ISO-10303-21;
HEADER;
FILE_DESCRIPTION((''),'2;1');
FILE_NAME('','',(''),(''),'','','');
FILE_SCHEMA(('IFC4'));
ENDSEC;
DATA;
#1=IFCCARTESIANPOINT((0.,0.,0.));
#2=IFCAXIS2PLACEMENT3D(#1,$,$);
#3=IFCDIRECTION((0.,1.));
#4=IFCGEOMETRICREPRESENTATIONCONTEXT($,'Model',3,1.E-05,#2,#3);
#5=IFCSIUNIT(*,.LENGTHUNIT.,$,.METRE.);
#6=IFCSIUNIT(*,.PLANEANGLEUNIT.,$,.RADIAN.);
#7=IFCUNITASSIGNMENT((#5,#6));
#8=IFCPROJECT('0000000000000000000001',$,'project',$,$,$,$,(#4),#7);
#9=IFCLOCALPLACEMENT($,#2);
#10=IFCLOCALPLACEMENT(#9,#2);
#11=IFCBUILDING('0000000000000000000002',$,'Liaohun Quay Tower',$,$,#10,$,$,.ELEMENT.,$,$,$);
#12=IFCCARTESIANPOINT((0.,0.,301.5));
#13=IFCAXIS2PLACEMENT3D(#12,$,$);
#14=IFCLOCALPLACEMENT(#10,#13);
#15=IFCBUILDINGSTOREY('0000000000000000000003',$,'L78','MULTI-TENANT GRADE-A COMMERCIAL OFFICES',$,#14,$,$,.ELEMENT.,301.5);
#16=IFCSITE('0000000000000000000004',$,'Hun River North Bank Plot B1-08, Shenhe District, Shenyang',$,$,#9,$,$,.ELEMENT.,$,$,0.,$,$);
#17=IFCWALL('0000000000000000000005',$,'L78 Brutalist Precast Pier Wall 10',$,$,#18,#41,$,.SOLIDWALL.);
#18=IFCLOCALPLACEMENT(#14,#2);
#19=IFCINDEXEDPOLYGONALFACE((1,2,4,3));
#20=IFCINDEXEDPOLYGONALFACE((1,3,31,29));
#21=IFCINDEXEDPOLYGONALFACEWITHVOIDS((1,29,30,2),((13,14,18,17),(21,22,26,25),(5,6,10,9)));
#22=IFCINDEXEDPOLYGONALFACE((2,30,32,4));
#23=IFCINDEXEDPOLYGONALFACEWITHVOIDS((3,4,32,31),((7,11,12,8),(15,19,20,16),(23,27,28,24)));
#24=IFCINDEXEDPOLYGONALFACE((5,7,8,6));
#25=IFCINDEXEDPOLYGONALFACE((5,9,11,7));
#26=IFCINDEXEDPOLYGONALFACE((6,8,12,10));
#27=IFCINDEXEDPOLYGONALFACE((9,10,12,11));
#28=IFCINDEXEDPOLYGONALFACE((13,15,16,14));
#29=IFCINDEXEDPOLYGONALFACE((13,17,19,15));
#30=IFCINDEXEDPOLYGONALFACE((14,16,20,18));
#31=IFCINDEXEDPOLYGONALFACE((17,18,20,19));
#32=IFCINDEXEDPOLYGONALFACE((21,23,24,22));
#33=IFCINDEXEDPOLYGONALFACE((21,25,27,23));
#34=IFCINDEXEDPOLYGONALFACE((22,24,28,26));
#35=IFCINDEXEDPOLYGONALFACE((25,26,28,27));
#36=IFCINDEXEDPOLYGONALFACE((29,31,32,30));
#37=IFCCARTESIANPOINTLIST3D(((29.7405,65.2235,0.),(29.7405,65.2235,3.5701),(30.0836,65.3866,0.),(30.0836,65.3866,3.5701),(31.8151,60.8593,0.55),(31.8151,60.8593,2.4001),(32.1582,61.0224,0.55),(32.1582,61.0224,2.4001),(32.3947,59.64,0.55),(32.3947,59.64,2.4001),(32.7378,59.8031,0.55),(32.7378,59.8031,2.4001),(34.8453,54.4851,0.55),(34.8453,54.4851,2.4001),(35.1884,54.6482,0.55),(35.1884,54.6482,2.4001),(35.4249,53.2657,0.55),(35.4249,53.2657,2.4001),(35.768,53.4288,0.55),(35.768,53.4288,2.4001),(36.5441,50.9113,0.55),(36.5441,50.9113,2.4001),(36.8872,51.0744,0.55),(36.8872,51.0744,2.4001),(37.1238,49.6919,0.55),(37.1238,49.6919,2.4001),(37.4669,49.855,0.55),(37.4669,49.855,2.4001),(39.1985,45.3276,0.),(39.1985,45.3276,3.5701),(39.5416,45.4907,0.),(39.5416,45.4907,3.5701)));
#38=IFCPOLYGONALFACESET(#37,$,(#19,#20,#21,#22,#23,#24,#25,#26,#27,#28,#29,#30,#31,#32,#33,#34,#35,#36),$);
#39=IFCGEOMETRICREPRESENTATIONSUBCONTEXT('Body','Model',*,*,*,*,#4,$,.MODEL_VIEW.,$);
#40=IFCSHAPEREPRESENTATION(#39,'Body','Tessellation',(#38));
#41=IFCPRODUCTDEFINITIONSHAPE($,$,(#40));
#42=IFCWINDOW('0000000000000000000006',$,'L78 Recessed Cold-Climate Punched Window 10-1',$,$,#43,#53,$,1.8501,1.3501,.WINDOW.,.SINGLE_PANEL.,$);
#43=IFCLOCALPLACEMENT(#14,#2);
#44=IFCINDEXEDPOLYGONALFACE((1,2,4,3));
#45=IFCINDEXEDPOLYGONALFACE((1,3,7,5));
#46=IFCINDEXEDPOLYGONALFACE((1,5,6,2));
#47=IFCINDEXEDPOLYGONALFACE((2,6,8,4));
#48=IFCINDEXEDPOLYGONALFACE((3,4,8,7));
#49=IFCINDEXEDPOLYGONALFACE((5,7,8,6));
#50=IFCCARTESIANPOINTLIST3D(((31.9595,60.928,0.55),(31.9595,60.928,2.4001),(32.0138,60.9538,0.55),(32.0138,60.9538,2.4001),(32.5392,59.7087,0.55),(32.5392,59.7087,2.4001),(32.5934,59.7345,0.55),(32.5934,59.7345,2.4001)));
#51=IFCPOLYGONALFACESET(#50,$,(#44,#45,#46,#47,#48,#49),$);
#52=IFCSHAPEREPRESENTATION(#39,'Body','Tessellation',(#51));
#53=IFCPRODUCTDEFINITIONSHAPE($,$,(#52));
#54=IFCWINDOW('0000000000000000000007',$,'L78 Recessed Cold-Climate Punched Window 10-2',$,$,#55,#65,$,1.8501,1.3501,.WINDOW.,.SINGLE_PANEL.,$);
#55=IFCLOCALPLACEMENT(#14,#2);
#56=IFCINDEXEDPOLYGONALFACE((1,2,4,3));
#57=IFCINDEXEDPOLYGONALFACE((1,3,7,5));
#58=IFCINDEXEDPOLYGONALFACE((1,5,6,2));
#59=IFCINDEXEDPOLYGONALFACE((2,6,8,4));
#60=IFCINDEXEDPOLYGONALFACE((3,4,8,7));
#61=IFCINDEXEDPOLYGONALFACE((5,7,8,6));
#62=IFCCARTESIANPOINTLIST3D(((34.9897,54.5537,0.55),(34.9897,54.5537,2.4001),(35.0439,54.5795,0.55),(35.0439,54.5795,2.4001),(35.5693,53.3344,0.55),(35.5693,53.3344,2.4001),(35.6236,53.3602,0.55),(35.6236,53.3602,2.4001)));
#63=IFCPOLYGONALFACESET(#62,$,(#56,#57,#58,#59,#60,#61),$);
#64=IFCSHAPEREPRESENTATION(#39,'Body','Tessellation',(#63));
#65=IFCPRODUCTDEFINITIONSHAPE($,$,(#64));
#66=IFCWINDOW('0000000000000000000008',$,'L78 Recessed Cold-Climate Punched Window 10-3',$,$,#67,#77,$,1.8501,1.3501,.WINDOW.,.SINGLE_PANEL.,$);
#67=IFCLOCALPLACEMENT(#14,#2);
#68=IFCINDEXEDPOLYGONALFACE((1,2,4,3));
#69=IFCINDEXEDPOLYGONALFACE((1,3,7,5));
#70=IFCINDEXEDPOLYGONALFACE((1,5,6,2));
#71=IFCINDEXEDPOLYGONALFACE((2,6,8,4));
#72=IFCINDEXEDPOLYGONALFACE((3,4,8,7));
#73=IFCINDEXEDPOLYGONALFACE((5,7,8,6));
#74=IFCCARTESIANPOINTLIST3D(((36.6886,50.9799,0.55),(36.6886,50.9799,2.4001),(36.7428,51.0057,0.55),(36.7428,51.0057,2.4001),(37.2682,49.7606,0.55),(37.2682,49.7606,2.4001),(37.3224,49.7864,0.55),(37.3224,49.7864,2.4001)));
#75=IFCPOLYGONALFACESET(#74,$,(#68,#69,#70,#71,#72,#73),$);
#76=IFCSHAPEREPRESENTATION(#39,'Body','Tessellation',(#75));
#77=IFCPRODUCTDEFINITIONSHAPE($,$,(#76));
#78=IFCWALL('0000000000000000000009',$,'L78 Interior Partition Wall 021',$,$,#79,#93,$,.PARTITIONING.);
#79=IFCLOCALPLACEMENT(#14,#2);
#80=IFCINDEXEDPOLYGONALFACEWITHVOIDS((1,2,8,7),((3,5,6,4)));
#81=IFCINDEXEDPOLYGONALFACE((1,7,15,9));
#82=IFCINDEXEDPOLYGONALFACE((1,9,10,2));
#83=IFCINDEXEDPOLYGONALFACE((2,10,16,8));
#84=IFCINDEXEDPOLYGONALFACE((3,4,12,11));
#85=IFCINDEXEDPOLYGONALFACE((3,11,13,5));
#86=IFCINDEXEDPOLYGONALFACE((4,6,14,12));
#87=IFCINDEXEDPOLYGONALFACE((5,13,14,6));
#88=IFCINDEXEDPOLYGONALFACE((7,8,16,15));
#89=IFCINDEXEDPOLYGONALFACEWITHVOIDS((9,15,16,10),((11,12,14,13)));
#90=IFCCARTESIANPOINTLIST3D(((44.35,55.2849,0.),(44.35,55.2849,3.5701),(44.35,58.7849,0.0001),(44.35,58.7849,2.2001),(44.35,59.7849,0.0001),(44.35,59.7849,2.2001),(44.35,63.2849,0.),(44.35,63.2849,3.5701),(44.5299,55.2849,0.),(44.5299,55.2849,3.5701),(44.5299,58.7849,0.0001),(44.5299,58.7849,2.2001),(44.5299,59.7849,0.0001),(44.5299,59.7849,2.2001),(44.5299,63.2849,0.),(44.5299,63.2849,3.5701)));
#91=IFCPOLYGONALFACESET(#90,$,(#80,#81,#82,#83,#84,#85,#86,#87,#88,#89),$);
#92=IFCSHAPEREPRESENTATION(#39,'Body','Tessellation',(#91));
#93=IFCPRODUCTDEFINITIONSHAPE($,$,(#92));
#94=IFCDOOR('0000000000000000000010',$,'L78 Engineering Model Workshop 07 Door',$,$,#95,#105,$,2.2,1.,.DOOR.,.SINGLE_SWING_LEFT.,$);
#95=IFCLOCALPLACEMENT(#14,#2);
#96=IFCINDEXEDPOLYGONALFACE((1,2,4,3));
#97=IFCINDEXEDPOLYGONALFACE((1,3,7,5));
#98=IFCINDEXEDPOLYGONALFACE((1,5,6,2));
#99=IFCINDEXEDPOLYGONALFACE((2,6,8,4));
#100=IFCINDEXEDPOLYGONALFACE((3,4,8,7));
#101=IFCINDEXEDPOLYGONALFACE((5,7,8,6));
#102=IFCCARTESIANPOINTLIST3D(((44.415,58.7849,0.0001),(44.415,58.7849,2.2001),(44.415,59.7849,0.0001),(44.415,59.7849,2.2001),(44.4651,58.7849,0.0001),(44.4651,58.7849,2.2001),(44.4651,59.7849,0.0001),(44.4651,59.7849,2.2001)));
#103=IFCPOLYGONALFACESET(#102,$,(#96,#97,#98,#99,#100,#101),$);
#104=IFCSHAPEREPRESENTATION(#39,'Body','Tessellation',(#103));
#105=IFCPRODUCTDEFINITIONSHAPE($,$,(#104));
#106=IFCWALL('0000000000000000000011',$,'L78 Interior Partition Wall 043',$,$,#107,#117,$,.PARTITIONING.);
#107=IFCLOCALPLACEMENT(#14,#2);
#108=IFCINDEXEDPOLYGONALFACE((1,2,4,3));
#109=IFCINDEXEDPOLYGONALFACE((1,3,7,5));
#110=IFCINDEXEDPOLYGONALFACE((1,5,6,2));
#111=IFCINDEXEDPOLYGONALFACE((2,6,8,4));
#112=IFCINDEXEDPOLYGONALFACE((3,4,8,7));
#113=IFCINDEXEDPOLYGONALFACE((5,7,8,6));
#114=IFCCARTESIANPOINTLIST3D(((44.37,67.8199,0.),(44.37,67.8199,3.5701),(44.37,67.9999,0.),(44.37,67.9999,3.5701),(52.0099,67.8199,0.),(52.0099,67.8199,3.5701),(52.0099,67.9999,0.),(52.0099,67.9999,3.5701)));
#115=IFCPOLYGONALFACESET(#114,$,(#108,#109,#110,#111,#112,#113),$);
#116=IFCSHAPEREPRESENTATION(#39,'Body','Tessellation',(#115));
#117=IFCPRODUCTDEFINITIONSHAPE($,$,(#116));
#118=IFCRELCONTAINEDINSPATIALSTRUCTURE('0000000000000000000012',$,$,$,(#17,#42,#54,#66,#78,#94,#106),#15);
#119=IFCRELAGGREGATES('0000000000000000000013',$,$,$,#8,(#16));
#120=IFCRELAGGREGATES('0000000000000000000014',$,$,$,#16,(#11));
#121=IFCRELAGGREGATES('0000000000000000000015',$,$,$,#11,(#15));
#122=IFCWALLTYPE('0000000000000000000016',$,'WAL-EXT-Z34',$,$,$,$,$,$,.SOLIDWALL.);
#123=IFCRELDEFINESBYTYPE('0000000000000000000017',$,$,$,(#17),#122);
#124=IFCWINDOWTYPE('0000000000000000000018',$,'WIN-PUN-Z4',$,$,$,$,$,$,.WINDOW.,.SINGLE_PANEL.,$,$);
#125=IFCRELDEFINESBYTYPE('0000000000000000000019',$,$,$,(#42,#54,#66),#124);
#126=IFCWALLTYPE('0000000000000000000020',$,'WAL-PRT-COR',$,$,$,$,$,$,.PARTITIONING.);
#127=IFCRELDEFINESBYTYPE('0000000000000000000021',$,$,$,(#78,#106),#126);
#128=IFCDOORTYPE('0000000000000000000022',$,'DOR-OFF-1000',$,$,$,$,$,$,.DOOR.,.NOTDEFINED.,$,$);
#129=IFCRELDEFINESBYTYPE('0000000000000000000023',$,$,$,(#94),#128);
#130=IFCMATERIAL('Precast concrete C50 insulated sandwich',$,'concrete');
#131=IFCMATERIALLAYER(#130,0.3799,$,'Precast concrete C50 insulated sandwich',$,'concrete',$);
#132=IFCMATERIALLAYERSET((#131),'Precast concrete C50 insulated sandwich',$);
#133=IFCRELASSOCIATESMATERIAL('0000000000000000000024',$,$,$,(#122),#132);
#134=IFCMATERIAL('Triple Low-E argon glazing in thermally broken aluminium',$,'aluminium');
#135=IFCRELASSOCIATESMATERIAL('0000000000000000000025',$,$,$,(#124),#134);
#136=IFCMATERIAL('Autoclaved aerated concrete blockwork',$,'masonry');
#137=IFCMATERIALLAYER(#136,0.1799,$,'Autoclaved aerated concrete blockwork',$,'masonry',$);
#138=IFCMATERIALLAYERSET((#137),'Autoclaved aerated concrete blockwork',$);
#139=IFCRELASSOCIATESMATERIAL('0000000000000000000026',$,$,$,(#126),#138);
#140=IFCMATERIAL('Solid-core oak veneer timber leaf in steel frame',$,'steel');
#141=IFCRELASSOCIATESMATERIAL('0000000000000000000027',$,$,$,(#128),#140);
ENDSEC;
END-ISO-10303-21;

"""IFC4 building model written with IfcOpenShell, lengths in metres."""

from ifc_helpers import new_model, si_unit, direction, frame, frame_2d, origin, place, context, subcontext, project, spatial, rectangle, extrude, source, transform, mapped, material, layer, layer_set, type_object, element, fill, save


model = new_model("IFC4")

# Units and contexts
model_context = context("Model", 3, precision=1e-05, world=origin(), true_north=direction((0.0, 1.0)))
body_context = subcontext(model_context, "Body", "Model", "MODEL_VIEW")
ifc_project = project(units=[si_unit("LENGTHUNIT", "METRE"), si_unit("PLANEANGLEUNIT", "RADIAN")], contexts=[model_context])

# Site, building, storey
site_placement = place(None, origin())
site = spatial("IfcSite", under=ifc_project, at=site_placement, Name="Hun River North Bank Plot B1-08, Shenhe District, Shenyang", CompositionType="ELEMENT", RefElevation=0.0)
building_placement = place(site_placement, origin())
building = spatial("IfcBuilding", under=site, at=building_placement, Name="Liaohun Quay Tower", CompositionType="ELEMENT")
storey_placement = place(building_placement, frame((0.0, 0.0, 301.5)))
storey = spatial("IfcBuildingStorey", under=building, at=storey_placement, Name="L78", Description="MULTI-TENANT GRADE-A COMMERCIAL OFFICES", CompositionType="ELEMENT", Elevation=301.5)

# Shared definitions
ifc_material_1 = material(Name="Precast concrete C50 insulated sandwich", Category="concrete")
ifc_layer_1 = layer(ifc_material_1, 0.3799, Name="Precast concrete C50 insulated sandwich", Category="concrete")
ifc_layer_set_1 = layer_set([ifc_layer_1], Name="Precast concrete C50 insulated sandwich")
wall_type_1 = type_object("IfcWallType", Name="WAL-EXT-Z34", PredefinedType="SOLIDWALL", material=ifc_layer_set_1)

# Wall, openings, windows
wall_1_placement = place(storey_placement, frame((29.9121, 65.3049, 0.0), z_axis=(0.0, 0.0, 1.0), x_axis=(0.429331, -0.903147, 0.0)))
wall_1 = element("IfcWall", 1, at=wall_1_placement, inside=storey, type_object=wall_type_1, Name="L78 Brutalist Precast Pier Wall 10", PredefinedType="SOLIDWALL", context=body_context, shape_type="SweptSolid", body=[
    extrude(rectangle(XDim=22.0295, YDim=0.3799, at=frame_2d((11.0146, 0.0))), origin(), (0.0, 0.0, 1.0), 3.5701),
])
shared_shape_1 = source(origin(), body_context, "Body", "SweptSolid", [
    extrude(rectangle(XDim=1.3501, YDim=1.8501, at=frame_2d((0.675, 0.925))), frame((0.0, 0.2, 0.0), z_axis=(0.0, -1.0, 0.0), x_axis=(1.0, 0.0, 0.0)), (0.0, 0.0, 1.0), 0.3999),
])
opening_1_placement = place(wall_1_placement, frame((4.832, 0.0, 0.55)))
opening_1 = element("IfcOpeningElement", 2, at=opening_1_placement, cuts=wall_1, PredefinedType="OPENING", context=body_context, shape_type="MappedRepresentation", body=[
    mapped(shared_shape_1, transform((0.0, 0.0, 0.0), x_axis=(1.0, 0.0, 0.0), y_axis=(0.0, 1.0, 0.0), z_axis=(0.0, 0.0, 1.0), scale=1.0)),
])
opening_2_placement = place(wall_1_placement, frame((11.8899, 0.0, 0.55)))
opening_2 = element("IfcOpeningElement", 3, at=opening_2_placement, cuts=wall_1, PredefinedType="OPENING", context=body_context, shape_type="MappedRepresentation", body=[
    mapped(shared_shape_1, transform((0.0, 0.0, 0.0), x_axis=(1.0, 0.0, 0.0), y_axis=(0.0, 1.0, 0.0), z_axis=(0.0, 0.0, 1.0), scale=1.0)),
])
opening_3_placement = place(wall_1_placement, frame((15.8469, 0.0, 0.55)))
opening_3 = element("IfcOpeningElement", 4, at=opening_3_placement, cuts=wall_1, PredefinedType="OPENING", context=body_context, shape_type="MappedRepresentation", body=[
    mapped(shared_shape_1, transform((0.0, 0.0, 0.0), x_axis=(1.0, 0.0, 0.0), y_axis=(0.0, 1.0, 0.0), z_axis=(0.0, 0.0, 1.0), scale=1.0)),
])
ifc_material_2 = material(Name="Triple Low-E argon glazing in thermally broken aluminium", Category="aluminium")
window_type_1 = type_object("IfcWindowType", Name="WIN-PUN-Z4", PartitioningType="SINGLE_PANEL", PredefinedType="WINDOW", material=ifc_material_2)
shared_shape_2 = source(origin(), body_context, "Body", "SweptSolid", [
    extrude(rectangle(XDim=1.3501, YDim=1.8501, at=frame_2d((0.675, 0.925))), frame((0.0, 0.03, 0.0), z_axis=(0.0, -1.0, 0.0), x_axis=(1.0, 0.0, 0.0)), (0.0, 0.0, 1.0), 0.0601),
])
window_1_placement = place(opening_1_placement, origin())
window_1 = element("IfcWindow", 5, at=window_1_placement, inside=storey, type_object=window_type_1, Name="L78 Recessed Cold-Climate Punched Window 10-1", OverallHeight=1.8501, OverallWidth=1.3501, PartitioningType="SINGLE_PANEL", PredefinedType="WINDOW", context=body_context, shape_type="MappedRepresentation", body=[
    mapped(shared_shape_2, transform((0.0, 0.0, 0.0), x_axis=(1.0, 0.0, 0.0), y_axis=(0.0, 1.0, 0.0), z_axis=(0.0, 0.0, 1.0), scale=1.0)),
])
fill(opening_1, window_1)
window_2_placement = place(opening_2_placement, origin())
window_2 = element("IfcWindow", 6, at=window_2_placement, inside=storey, type_object=window_type_1, Name="L78 Recessed Cold-Climate Punched Window 10-2", OverallHeight=1.8501, OverallWidth=1.3501, PartitioningType="SINGLE_PANEL", PredefinedType="WINDOW", context=body_context, shape_type="MappedRepresentation", body=[
    mapped(shared_shape_2, transform((0.0, 0.0, 0.0), x_axis=(1.0, 0.0, 0.0), y_axis=(0.0, 1.0, 0.0), z_axis=(0.0, 0.0, 1.0), scale=1.0)),
])
fill(opening_2, window_2)
window_3_placement = place(opening_3_placement, origin())
window_3 = element("IfcWindow", 7, at=window_3_placement, inside=storey, type_object=window_type_1, Name="L78 Recessed Cold-Climate Punched Window 10-3", OverallHeight=1.8501, OverallWidth=1.3501, PartitioningType="SINGLE_PANEL", PredefinedType="WINDOW", context=body_context, shape_type="MappedRepresentation", body=[
    mapped(shared_shape_2, transform((0.0, 0.0, 0.0), x_axis=(1.0, 0.0, 0.0), y_axis=(0.0, 1.0, 0.0), z_axis=(0.0, 0.0, 1.0), scale=1.0)),
])
fill(opening_3, window_3)

# Wall, opening, door
ifc_material_3 = material(Name="Autoclaved aerated concrete blockwork", Category="masonry")
ifc_layer_2 = layer(ifc_material_3, 0.1799, Name="Autoclaved aerated concrete blockwork", Category="masonry")
ifc_layer_set_2 = layer_set([ifc_layer_2], Name="Autoclaved aerated concrete blockwork")
wall_type_2 = type_object("IfcWallType", Name="WAL-PRT-COR", PredefinedType="PARTITIONING", material=ifc_layer_set_2)
wall_2_placement = place(storey_placement, frame((44.4399, 55.2849, 0.0), z_axis=(0.0, 0.0, 1.0), x_axis=(0.0, 1.0, 0.0)))
wall_2 = element("IfcWall", 8, at=wall_2_placement, inside=storey, type_object=wall_type_2, Name="L78 Interior Partition Wall 021", PredefinedType="PARTITIONING", context=body_context, shape_type="SweptSolid", body=[
    extrude(rectangle(XDim=8.0, YDim=0.1799, at=frame_2d((4.0, 0.0))), origin(), (0.0, 0.0, 1.0), 3.5701),
])
shared_shape_3 = source(origin(), body_context, "Body", "SweptSolid", [
    extrude(rectangle(XDim=1.0, YDim=2.2, at=frame_2d((0.5, 1.1001))), frame((0.0, 0.0999, 0.0), z_axis=(0.0, -1.0, 0.0), x_axis=(1.0, 0.0, 0.0)), (0.0, 0.0, 1.0), 0.2),
])
opening_4_placement = place(wall_2_placement, frame((3.5, 0.0, 0.0)))
opening_4 = element("IfcOpeningElement", 9, at=opening_4_placement, cuts=wall_2, PredefinedType="OPENING", context=body_context, shape_type="MappedRepresentation", body=[
    mapped(shared_shape_3, transform((0.0, 0.0, 0.0), x_axis=(1.0, 0.0, 0.0), y_axis=(0.0, 1.0, 0.0), z_axis=(0.0, 0.0, 1.0), scale=1.0)),
])
ifc_material_4 = material(Name="Solid-core oak veneer timber leaf in steel frame", Category="steel")
door_type = type_object("IfcDoorType", Name="DOR-OFF-1000", OperationType="NOTDEFINED", PredefinedType="DOOR", material=ifc_material_4)
shared_shape_4 = source(origin(), body_context, "Body", "SweptSolid", [
    extrude(rectangle(XDim=1.0, YDim=2.2, at=frame_2d((0.5, 1.1001))), frame((0.0, 0.0249, 0.0), z_axis=(0.0, -1.0, 0.0), x_axis=(1.0, 0.0, 0.0)), (0.0, 0.0, 1.0), 0.05),
])
door_placement = place(opening_4_placement, origin())
door = element("IfcDoor", 10, at=door_placement, inside=storey, type_object=door_type, Name="L78 Engineering Model Workshop 07 Door", OperationType="SINGLE_SWING_LEFT", OverallHeight=2.2, OverallWidth=1.0, PredefinedType="DOOR", context=body_context, shape_type="MappedRepresentation", body=[
    mapped(shared_shape_4, transform((0.0, 0.0, 0.0), x_axis=(1.0, 0.0, 0.0), y_axis=(0.0, 1.0, 0.0), z_axis=(0.0, 0.0, 1.0), scale=1.0)),
])
fill(opening_4, door)

# Wall
wall_3_placement = place(storey_placement, frame((44.3701, 67.9099, 0.0), z_axis=(0.0, 0.0, 1.0), x_axis=(1.0, 0.0, 0.0)))
element("IfcWall", 11, at=wall_3_placement, inside=storey, type_object=wall_type_2, Name="L78 Interior Partition Wall 043", PredefinedType="PARTITIONING", context=body_context, shape_type="SweptSolid", body=[
    extrude(rectangle(XDim=7.6399, YDim=0.1799, at=frame_2d((3.8198, 0.0))), origin(), (0.0, 0.0, 1.0), 3.5701),
])

save(model, "model.ifc")
